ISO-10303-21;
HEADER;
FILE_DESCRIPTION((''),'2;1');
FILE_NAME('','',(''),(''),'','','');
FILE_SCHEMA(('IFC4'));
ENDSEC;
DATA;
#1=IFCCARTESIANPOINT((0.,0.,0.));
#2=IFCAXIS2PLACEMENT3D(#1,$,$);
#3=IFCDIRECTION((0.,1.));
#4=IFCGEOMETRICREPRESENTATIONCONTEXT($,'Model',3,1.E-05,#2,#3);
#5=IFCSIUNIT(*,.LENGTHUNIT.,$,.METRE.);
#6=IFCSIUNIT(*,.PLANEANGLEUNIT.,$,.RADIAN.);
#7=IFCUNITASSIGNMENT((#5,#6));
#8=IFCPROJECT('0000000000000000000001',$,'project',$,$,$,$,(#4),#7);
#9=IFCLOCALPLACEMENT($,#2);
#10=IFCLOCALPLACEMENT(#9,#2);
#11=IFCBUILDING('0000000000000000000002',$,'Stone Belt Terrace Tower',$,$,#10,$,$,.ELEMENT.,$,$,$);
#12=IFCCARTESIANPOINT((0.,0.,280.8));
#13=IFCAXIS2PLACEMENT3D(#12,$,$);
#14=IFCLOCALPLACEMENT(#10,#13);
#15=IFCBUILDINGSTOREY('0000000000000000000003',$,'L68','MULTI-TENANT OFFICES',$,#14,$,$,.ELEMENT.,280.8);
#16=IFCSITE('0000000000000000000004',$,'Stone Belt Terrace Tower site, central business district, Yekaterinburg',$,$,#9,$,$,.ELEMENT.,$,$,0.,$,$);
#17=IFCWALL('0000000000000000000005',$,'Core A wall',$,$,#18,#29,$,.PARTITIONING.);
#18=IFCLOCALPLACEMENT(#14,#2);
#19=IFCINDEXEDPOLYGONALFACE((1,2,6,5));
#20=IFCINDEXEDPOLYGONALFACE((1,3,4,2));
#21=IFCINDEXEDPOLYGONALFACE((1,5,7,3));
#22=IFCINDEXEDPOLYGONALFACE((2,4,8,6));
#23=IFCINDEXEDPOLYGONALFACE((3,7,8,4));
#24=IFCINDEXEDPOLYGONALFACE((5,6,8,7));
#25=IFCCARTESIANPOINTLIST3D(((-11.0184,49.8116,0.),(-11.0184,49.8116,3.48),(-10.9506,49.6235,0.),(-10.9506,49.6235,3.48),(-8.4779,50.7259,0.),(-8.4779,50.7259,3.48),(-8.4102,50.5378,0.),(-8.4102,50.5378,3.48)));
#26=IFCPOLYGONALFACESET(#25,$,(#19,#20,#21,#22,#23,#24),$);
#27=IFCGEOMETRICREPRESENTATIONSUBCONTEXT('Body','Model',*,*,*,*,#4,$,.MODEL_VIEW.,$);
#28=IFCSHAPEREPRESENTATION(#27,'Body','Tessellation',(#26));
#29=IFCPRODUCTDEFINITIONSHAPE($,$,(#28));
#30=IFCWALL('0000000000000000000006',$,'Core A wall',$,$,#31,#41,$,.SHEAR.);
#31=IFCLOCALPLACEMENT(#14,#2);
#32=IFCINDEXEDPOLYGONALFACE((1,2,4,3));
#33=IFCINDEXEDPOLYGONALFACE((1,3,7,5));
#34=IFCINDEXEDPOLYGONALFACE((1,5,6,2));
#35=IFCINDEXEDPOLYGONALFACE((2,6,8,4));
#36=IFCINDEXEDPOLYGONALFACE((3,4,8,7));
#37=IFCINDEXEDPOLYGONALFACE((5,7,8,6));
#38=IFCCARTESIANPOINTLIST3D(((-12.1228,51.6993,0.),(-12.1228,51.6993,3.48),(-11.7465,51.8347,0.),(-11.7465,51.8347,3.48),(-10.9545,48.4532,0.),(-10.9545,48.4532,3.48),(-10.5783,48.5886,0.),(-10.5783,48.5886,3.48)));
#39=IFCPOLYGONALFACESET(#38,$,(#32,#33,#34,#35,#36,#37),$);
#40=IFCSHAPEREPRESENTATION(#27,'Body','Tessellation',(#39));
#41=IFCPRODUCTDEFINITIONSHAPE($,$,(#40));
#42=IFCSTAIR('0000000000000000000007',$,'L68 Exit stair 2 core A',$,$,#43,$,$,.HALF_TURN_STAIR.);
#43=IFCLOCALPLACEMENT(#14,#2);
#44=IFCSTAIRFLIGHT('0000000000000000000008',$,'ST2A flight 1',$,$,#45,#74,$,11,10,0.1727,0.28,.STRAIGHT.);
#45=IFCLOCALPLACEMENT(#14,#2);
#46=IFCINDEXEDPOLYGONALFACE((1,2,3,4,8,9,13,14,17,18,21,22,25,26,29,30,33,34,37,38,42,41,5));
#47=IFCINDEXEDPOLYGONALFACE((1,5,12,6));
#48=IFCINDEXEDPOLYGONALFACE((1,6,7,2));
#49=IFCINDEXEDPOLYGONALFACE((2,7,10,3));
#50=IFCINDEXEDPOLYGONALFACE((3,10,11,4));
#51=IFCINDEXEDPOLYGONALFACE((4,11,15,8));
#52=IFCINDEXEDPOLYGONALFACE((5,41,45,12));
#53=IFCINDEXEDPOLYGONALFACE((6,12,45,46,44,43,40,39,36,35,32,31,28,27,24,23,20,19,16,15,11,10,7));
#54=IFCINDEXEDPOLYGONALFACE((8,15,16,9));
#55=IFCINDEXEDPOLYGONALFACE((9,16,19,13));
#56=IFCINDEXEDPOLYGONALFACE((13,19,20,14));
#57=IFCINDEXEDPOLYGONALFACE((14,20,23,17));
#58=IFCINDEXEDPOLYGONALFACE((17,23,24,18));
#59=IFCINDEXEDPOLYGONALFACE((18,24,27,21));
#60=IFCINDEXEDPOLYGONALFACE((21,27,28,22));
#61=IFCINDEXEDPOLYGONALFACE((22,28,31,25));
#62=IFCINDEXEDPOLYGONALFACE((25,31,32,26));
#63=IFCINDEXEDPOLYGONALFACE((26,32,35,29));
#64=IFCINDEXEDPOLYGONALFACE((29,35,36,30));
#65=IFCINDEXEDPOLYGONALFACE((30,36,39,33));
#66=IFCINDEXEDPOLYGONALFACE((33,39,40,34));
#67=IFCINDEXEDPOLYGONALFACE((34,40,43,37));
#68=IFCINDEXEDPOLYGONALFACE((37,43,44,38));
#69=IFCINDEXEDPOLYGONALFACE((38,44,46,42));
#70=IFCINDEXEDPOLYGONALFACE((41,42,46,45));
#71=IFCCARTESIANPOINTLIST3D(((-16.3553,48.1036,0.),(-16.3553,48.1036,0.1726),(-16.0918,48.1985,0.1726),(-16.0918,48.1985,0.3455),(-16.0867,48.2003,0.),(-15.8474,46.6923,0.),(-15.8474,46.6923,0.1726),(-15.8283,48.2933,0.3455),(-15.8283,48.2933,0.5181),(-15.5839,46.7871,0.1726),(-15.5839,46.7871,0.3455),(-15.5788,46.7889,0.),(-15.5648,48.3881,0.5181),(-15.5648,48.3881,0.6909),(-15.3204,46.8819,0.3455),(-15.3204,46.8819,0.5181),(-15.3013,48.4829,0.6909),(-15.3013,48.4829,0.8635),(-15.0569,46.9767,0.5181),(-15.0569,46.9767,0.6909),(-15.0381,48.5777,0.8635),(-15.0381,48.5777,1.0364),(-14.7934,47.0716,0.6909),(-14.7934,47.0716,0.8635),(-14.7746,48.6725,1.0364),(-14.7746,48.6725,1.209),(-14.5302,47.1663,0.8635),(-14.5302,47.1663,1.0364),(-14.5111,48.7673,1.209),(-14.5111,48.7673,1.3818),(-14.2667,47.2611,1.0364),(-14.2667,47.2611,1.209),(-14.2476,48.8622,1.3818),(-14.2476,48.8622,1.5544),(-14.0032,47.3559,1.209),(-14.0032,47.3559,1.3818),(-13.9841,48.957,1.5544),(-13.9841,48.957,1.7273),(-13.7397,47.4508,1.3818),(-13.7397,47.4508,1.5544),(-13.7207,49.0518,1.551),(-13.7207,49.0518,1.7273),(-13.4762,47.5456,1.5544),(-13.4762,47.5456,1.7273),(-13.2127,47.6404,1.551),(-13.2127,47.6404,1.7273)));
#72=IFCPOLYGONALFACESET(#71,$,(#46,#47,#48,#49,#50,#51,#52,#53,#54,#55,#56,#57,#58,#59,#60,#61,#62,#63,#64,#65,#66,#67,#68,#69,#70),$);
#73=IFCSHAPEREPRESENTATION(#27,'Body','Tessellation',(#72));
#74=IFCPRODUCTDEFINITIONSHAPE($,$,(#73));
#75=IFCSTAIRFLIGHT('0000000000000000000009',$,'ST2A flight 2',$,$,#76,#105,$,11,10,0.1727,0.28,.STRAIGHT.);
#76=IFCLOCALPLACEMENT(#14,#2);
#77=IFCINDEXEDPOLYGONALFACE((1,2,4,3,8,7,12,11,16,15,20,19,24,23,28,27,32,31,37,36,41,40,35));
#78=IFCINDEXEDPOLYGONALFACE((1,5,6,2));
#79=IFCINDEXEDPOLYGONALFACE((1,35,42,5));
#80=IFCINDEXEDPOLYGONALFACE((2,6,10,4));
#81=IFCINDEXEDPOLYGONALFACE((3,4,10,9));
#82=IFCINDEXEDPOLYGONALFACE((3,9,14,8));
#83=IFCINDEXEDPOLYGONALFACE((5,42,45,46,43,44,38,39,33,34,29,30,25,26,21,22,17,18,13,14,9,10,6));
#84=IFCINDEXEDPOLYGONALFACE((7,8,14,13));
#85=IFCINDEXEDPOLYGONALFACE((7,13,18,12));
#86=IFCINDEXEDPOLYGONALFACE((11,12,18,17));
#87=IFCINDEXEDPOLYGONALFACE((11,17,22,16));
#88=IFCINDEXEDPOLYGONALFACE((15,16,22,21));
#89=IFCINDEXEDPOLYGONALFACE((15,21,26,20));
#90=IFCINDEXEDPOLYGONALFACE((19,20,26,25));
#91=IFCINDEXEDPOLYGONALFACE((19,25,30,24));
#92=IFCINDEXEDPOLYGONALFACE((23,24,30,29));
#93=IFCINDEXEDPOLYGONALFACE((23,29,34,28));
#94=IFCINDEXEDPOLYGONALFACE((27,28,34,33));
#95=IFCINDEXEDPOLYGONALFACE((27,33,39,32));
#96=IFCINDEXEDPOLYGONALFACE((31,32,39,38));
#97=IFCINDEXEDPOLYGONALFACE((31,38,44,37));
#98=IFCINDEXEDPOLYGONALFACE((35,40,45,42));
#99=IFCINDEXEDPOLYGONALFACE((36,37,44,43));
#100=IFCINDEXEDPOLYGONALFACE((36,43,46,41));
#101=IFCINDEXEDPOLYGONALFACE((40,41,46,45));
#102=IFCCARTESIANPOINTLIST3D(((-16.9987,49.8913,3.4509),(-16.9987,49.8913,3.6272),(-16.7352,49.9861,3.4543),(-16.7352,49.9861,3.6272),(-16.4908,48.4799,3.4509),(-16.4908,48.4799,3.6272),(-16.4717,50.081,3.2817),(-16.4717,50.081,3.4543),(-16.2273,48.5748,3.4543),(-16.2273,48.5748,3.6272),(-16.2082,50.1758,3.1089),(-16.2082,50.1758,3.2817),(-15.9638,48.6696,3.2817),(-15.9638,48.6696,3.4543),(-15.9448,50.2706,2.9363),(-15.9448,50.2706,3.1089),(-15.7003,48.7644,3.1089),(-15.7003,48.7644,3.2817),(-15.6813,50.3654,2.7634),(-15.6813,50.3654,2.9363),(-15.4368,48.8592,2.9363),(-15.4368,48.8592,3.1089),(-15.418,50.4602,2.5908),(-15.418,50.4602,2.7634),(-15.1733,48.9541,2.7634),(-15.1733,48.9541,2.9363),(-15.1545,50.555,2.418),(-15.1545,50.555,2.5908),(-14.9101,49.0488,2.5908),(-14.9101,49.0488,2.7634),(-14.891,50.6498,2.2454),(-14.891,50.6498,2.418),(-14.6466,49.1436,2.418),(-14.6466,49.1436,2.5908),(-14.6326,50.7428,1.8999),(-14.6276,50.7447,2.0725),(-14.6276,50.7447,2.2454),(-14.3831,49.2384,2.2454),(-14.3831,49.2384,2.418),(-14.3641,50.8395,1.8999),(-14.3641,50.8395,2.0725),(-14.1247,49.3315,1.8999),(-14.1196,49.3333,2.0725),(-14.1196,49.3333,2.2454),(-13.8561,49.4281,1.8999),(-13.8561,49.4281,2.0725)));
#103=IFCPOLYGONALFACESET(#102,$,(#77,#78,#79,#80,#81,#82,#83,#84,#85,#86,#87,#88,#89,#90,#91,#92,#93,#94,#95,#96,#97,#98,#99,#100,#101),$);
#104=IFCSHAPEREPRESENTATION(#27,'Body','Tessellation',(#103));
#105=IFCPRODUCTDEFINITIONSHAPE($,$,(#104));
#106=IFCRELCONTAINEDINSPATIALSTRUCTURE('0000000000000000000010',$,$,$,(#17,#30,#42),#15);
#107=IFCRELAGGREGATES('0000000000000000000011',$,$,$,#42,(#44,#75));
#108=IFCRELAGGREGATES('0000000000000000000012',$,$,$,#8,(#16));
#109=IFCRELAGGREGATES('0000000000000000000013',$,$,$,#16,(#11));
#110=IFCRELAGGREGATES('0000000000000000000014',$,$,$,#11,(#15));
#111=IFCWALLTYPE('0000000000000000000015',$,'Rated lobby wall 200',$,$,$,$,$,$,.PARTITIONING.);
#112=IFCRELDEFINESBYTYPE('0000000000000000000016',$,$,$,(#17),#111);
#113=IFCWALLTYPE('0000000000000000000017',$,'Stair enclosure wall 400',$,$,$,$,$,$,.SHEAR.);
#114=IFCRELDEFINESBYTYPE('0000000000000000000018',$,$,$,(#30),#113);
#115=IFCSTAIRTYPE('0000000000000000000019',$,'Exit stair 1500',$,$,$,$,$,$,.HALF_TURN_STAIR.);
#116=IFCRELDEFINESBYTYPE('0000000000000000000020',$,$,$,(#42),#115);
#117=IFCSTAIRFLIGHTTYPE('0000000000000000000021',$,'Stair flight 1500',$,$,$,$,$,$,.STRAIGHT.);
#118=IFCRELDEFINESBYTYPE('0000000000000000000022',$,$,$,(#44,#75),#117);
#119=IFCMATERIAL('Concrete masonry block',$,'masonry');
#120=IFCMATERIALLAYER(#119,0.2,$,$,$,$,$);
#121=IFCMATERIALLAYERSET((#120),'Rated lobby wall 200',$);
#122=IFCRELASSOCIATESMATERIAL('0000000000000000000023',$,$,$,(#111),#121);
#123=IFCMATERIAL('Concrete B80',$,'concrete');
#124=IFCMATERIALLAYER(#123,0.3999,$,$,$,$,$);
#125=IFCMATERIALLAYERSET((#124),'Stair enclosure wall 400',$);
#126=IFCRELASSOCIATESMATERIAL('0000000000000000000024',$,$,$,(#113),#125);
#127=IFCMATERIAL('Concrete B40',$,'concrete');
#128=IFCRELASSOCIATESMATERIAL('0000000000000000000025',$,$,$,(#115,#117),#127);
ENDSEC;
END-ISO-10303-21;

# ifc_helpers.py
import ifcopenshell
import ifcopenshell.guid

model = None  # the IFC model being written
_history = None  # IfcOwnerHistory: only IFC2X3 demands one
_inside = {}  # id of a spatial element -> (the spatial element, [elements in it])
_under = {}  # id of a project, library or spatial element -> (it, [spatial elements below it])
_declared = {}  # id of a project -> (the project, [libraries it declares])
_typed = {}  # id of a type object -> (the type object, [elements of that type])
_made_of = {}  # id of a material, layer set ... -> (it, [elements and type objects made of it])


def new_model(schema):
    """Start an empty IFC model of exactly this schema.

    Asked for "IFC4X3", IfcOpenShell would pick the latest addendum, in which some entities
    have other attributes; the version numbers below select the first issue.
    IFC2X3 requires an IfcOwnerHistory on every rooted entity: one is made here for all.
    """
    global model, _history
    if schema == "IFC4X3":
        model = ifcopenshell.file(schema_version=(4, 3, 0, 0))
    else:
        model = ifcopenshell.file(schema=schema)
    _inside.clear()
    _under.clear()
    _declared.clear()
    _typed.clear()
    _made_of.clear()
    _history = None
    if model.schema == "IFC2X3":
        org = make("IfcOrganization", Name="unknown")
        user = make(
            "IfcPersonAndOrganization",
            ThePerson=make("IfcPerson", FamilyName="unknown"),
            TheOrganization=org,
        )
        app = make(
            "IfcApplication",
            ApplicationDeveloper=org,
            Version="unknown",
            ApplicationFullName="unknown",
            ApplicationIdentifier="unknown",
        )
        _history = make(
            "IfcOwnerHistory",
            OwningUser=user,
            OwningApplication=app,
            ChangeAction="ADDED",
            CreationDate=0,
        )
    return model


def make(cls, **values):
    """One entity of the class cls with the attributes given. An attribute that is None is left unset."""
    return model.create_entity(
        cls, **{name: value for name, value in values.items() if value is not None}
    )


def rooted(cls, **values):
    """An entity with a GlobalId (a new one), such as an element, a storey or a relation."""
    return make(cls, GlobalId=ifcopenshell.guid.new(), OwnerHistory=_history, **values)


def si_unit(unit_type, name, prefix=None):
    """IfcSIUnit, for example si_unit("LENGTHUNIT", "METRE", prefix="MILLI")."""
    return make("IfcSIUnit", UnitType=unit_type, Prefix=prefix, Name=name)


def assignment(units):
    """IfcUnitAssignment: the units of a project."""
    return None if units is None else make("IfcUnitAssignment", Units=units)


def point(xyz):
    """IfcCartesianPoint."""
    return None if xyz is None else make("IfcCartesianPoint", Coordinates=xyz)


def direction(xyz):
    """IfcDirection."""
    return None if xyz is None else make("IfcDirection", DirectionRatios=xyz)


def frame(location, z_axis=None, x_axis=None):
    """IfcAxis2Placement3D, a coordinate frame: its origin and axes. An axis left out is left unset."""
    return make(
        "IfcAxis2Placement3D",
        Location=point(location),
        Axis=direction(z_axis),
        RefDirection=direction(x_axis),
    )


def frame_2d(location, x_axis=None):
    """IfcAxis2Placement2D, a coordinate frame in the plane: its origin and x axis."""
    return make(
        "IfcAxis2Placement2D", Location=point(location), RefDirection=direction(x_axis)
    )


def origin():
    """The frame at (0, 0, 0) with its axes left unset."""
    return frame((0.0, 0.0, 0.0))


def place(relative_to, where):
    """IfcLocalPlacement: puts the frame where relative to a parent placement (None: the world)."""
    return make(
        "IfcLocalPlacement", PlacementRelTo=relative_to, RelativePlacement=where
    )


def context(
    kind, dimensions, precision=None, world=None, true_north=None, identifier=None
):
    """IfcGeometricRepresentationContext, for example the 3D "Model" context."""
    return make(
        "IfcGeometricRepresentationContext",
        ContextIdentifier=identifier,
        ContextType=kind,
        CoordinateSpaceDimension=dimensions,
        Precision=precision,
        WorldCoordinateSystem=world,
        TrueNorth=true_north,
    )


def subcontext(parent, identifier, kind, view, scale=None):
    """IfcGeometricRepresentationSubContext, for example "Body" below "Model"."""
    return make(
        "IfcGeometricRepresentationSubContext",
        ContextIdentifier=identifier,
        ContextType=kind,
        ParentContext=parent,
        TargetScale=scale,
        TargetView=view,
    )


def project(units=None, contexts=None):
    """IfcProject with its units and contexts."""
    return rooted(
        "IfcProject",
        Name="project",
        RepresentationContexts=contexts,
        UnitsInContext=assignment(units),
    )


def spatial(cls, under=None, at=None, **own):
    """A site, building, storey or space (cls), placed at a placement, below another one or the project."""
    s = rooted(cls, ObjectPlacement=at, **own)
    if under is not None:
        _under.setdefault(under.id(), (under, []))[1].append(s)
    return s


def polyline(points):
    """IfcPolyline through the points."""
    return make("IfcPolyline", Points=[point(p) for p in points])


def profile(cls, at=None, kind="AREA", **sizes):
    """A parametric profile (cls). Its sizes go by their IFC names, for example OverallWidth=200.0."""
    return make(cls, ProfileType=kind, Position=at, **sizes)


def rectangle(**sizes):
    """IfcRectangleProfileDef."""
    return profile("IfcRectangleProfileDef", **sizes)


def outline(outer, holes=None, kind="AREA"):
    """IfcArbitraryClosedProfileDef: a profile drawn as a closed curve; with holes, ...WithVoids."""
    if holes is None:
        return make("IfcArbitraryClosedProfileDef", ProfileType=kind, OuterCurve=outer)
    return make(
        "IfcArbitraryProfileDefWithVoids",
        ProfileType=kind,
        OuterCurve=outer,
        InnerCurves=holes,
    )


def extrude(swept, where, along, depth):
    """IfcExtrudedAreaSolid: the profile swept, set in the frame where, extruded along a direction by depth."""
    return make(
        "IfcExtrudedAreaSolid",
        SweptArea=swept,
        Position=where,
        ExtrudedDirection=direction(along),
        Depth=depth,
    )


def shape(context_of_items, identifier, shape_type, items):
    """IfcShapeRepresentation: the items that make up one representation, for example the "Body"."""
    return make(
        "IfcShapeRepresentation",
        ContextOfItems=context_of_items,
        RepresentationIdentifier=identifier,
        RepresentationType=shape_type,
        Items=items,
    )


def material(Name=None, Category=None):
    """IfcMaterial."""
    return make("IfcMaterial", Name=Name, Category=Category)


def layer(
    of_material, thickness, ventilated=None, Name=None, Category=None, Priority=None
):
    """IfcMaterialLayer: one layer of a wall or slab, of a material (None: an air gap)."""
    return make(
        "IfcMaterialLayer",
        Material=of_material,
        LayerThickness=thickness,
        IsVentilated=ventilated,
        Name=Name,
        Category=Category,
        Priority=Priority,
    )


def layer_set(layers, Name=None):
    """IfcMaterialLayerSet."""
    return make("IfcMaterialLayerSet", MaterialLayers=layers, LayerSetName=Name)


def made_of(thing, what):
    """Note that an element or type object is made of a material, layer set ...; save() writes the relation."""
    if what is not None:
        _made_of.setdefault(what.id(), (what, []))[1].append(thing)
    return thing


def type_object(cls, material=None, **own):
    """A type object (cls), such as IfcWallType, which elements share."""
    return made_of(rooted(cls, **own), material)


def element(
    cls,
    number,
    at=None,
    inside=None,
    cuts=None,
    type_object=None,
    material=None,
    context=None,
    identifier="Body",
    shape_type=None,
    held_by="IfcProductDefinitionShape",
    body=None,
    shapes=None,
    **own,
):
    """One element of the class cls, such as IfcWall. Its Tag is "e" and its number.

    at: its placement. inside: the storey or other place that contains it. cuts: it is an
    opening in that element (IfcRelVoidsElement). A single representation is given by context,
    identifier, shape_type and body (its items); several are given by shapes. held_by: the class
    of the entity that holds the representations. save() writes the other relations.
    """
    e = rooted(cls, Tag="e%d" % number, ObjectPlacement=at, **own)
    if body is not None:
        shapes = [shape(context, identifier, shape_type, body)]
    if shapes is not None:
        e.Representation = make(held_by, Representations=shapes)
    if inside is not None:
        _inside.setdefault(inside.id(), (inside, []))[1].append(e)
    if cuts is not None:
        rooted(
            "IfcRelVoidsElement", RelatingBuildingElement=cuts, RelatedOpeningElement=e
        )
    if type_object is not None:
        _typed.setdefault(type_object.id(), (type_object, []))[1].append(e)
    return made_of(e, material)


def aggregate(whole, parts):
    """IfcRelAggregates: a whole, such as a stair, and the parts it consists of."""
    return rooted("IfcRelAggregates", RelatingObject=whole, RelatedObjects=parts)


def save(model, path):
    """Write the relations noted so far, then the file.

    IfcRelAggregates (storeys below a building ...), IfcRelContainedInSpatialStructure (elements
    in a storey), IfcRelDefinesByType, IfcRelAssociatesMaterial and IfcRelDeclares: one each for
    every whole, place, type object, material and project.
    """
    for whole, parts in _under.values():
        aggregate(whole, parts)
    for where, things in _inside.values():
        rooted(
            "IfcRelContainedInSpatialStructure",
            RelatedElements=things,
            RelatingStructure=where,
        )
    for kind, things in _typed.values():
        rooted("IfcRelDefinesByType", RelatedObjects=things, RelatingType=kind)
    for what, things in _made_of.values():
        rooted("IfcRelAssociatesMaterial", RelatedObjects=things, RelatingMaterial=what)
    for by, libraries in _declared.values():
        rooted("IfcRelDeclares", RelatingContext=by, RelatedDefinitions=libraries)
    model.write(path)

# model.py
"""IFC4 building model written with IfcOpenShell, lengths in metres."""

from ifc_helpers import new_model, si_unit, direction, frame, frame_2d, origin, place, context, subcontext, project, spatial, polyline, rectangle, outline, extrude, material, layer, layer_set, type_object, element, aggregate, save


model = new_model("IFC4")

# Units and contexts
model_context = context("Model", 3, precision=1e-05, world=origin(), true_north=direction((0.0, 1.0)))
body_context = subcontext(model_context, "Body", "Model", "MODEL_VIEW")
ifc_project = project(units=[si_unit("LENGTHUNIT", "METRE"), si_unit("PLANEANGLEUNIT", "RADIAN")], contexts=[model_context])

# Site, building, storey
site_placement = place(None, origin())
site = spatial("IfcSite", under=ifc_project, at=site_placement, Name="Stone Belt Terrace Tower site, central business district, Yekaterinburg", CompositionType="ELEMENT", RefElevation=0.0)
building_placement = place(site_placement, origin())
building = spatial("IfcBuilding", under=site, at=building_placement, Name="Stone Belt Terrace Tower", CompositionType="ELEMENT")
storey_placement = place(building_placement, frame((0.0, 0.0, 280.8)))
storey = spatial("IfcBuildingStorey", under=building, at=storey_placement, Name="L68", Description="MULTI-TENANT OFFICES", CompositionType="ELEMENT", Elevation=280.8)

# Walls
ifc_material_1 = material(Name="Concrete masonry block", Category="masonry")
ifc_layer_1 = layer(ifc_material_1, 0.2)
ifc_layer_set_1 = layer_set([ifc_layer_1], Name="Rated lobby wall 200")
wall_type_1 = type_object("IfcWallType", Name="Rated lobby wall 200", PredefinedType="PARTITIONING", material=ifc_layer_set_1)
wall_1_placement = place(storey_placement, frame((-10.9846, 49.7175, 0.0), z_axis=(0.0, 0.0, 1.0), x_axis=(0.940921, 0.338627, 0.0)))
element("IfcWall", 1, at=wall_1_placement, inside=storey, type_object=wall_type_1, Name="Core A wall", PredefinedType="PARTITIONING", context=body_context, shape_type="SweptSolid", body=[
    extrude(rectangle(XDim=2.7, YDim=0.2, at=frame_2d((1.3501, 0.0))), origin(), (0.0, 0.0, 1.0), 3.48),
])
ifc_material_2 = material(Name="Concrete B80", Category="concrete")
ifc_layer_2 = layer(ifc_material_2, 0.3999)
ifc_layer_set_2 = layer_set([ifc_layer_2], Name="Stair enclosure wall 400")
wall_type_2 = type_object("IfcWallType", Name="Stair enclosure wall 400", PredefinedType="SHEAR", material=ifc_layer_set_2)
wall_2_placement = place(storey_placement, frame((-10.7664, 48.5208, 0.0), z_axis=(0.0, 0.0, 1.0), x_axis=(-0.338622, 0.940923, 0.0)))
element("IfcWall", 2, at=wall_2_placement, inside=storey, type_object=wall_type_2, Name="Core A wall", PredefinedType="SHEAR", context=body_context, shape_type="SweptSolid", body=[
    extrude(rectangle(XDim=3.45, YDim=0.3999, at=frame_2d((1.7251, 0.0))), origin(), (0.0, 0.0, 1.0), 3.48),
])

# Stair, stair flights
ifc_material_3 = material(Name="Concrete B40", Category="concrete")
stair_type = type_object("IfcStairType", Name="Exit stair 1500", PredefinedType="HALF_TURN_STAIR", material=ifc_material_3)
stair_placement = place(storey_placement, origin())
stair = element("IfcStair", 3, at=stair_placement, inside=storey, type_object=stair_type, Name="L68 Exit stair 2 core A", PredefinedType="HALF_TURN_STAIR")
stair_flight_type = type_object("IfcStairFlightType", Name="Stair flight 1500", PredefinedType="STRAIGHT", material=ifc_material_3)
stair_flight_1_placement = place(storey_placement, frame((-16.1013, 47.3979, 0.0), z_axis=(0.0, 0.0, 1.0), x_axis=(0.940922, 0.338624, 0.0)))
stair_flight_1 = element("IfcStairFlight", 4, at=stair_flight_1_placement, type_object=stair_flight_type, Name="ST2A flight 1", NumberOfRisers=11, NumberOfTreads=10, PredefinedType="STRAIGHT", RiserHeight=0.1727, TreadLength=0.28, context=body_context, shape_type="SweptSolid", body=[
    extrude(outline(polyline([(0.0, 0.0), (0.0, 0.1726), (0.28, 0.1726), (0.28, 0.3455), (0.5601, 0.3455), (0.5601, 0.5181), (0.8401, 0.5181), (0.8401, 0.6909), (1.1201, 0.6909), (1.1201, 0.8635), (1.3999, 0.8635), (1.3999, 1.0364), (1.6799, 1.0364), (1.6799, 1.209), (1.96, 1.209), (1.96, 1.3818), (2.24, 1.3818), (2.24, 1.5544), (2.52, 1.5544), (2.52, 1.7273), (2.8, 1.7273), (2.8, 1.8999), (2.8, 1.551), (0.2854, 0.0), (0.0, 0.0)])), frame((0.0, 0.75, 0.0), z_axis=(0.0, -1.0, 0.0), x_axis=(1.0, 0.0, 0.0)), (0.0, 0.0, 1.0), 1.5),
])
stair_flight_2_placement = place(storey_placement, frame((-14.1101, 50.1338, 1.8999), z_axis=(0.0, 0.0, 1.0), x_axis=(-0.940922, -0.338624, 0.0)))
stair_flight_2 = element("IfcStairFlight", 5, at=stair_flight_2_placement, type_object=stair_flight_type, Name="ST2A flight 2", NumberOfRisers=11, NumberOfTreads=10, PredefinedType="STRAIGHT", RiserHeight=0.1727, TreadLength=0.28, context=body_context, shape_type="SweptSolid", body=[
    extrude(outline(polyline([(0.0, 0.0), (0.0, 0.1726), (0.28, 0.1726), (0.28, 0.3455), (0.5601, 0.3455), (0.5601, 0.5181), (0.8401, 0.5181), (0.8401, 0.6909), (1.1201, 0.6909), (1.1201, 0.8635), (1.3999, 0.8635), (1.3999, 1.0364), (1.6799, 1.0364), (1.6799, 1.209), (1.96, 1.209), (1.96, 1.3818), (2.24, 1.3818), (2.24, 1.5544), (2.52, 1.5544), (2.52, 1.7273), (2.8, 1.7273), (2.8, 1.8999), (2.8, 1.551), (0.2854, 0.0), (0.0, 0.0)])), frame((0.0, 0.75, 0.0), z_axis=(0.0, -1.0, 0.0), x_axis=(1.0, 0.0, 0.0)), (0.0, 0.0, 1.0), 1.5),
])
aggregate(stair, [stair_flight_1, stair_flight_2])

save(model, "model.ifc")
